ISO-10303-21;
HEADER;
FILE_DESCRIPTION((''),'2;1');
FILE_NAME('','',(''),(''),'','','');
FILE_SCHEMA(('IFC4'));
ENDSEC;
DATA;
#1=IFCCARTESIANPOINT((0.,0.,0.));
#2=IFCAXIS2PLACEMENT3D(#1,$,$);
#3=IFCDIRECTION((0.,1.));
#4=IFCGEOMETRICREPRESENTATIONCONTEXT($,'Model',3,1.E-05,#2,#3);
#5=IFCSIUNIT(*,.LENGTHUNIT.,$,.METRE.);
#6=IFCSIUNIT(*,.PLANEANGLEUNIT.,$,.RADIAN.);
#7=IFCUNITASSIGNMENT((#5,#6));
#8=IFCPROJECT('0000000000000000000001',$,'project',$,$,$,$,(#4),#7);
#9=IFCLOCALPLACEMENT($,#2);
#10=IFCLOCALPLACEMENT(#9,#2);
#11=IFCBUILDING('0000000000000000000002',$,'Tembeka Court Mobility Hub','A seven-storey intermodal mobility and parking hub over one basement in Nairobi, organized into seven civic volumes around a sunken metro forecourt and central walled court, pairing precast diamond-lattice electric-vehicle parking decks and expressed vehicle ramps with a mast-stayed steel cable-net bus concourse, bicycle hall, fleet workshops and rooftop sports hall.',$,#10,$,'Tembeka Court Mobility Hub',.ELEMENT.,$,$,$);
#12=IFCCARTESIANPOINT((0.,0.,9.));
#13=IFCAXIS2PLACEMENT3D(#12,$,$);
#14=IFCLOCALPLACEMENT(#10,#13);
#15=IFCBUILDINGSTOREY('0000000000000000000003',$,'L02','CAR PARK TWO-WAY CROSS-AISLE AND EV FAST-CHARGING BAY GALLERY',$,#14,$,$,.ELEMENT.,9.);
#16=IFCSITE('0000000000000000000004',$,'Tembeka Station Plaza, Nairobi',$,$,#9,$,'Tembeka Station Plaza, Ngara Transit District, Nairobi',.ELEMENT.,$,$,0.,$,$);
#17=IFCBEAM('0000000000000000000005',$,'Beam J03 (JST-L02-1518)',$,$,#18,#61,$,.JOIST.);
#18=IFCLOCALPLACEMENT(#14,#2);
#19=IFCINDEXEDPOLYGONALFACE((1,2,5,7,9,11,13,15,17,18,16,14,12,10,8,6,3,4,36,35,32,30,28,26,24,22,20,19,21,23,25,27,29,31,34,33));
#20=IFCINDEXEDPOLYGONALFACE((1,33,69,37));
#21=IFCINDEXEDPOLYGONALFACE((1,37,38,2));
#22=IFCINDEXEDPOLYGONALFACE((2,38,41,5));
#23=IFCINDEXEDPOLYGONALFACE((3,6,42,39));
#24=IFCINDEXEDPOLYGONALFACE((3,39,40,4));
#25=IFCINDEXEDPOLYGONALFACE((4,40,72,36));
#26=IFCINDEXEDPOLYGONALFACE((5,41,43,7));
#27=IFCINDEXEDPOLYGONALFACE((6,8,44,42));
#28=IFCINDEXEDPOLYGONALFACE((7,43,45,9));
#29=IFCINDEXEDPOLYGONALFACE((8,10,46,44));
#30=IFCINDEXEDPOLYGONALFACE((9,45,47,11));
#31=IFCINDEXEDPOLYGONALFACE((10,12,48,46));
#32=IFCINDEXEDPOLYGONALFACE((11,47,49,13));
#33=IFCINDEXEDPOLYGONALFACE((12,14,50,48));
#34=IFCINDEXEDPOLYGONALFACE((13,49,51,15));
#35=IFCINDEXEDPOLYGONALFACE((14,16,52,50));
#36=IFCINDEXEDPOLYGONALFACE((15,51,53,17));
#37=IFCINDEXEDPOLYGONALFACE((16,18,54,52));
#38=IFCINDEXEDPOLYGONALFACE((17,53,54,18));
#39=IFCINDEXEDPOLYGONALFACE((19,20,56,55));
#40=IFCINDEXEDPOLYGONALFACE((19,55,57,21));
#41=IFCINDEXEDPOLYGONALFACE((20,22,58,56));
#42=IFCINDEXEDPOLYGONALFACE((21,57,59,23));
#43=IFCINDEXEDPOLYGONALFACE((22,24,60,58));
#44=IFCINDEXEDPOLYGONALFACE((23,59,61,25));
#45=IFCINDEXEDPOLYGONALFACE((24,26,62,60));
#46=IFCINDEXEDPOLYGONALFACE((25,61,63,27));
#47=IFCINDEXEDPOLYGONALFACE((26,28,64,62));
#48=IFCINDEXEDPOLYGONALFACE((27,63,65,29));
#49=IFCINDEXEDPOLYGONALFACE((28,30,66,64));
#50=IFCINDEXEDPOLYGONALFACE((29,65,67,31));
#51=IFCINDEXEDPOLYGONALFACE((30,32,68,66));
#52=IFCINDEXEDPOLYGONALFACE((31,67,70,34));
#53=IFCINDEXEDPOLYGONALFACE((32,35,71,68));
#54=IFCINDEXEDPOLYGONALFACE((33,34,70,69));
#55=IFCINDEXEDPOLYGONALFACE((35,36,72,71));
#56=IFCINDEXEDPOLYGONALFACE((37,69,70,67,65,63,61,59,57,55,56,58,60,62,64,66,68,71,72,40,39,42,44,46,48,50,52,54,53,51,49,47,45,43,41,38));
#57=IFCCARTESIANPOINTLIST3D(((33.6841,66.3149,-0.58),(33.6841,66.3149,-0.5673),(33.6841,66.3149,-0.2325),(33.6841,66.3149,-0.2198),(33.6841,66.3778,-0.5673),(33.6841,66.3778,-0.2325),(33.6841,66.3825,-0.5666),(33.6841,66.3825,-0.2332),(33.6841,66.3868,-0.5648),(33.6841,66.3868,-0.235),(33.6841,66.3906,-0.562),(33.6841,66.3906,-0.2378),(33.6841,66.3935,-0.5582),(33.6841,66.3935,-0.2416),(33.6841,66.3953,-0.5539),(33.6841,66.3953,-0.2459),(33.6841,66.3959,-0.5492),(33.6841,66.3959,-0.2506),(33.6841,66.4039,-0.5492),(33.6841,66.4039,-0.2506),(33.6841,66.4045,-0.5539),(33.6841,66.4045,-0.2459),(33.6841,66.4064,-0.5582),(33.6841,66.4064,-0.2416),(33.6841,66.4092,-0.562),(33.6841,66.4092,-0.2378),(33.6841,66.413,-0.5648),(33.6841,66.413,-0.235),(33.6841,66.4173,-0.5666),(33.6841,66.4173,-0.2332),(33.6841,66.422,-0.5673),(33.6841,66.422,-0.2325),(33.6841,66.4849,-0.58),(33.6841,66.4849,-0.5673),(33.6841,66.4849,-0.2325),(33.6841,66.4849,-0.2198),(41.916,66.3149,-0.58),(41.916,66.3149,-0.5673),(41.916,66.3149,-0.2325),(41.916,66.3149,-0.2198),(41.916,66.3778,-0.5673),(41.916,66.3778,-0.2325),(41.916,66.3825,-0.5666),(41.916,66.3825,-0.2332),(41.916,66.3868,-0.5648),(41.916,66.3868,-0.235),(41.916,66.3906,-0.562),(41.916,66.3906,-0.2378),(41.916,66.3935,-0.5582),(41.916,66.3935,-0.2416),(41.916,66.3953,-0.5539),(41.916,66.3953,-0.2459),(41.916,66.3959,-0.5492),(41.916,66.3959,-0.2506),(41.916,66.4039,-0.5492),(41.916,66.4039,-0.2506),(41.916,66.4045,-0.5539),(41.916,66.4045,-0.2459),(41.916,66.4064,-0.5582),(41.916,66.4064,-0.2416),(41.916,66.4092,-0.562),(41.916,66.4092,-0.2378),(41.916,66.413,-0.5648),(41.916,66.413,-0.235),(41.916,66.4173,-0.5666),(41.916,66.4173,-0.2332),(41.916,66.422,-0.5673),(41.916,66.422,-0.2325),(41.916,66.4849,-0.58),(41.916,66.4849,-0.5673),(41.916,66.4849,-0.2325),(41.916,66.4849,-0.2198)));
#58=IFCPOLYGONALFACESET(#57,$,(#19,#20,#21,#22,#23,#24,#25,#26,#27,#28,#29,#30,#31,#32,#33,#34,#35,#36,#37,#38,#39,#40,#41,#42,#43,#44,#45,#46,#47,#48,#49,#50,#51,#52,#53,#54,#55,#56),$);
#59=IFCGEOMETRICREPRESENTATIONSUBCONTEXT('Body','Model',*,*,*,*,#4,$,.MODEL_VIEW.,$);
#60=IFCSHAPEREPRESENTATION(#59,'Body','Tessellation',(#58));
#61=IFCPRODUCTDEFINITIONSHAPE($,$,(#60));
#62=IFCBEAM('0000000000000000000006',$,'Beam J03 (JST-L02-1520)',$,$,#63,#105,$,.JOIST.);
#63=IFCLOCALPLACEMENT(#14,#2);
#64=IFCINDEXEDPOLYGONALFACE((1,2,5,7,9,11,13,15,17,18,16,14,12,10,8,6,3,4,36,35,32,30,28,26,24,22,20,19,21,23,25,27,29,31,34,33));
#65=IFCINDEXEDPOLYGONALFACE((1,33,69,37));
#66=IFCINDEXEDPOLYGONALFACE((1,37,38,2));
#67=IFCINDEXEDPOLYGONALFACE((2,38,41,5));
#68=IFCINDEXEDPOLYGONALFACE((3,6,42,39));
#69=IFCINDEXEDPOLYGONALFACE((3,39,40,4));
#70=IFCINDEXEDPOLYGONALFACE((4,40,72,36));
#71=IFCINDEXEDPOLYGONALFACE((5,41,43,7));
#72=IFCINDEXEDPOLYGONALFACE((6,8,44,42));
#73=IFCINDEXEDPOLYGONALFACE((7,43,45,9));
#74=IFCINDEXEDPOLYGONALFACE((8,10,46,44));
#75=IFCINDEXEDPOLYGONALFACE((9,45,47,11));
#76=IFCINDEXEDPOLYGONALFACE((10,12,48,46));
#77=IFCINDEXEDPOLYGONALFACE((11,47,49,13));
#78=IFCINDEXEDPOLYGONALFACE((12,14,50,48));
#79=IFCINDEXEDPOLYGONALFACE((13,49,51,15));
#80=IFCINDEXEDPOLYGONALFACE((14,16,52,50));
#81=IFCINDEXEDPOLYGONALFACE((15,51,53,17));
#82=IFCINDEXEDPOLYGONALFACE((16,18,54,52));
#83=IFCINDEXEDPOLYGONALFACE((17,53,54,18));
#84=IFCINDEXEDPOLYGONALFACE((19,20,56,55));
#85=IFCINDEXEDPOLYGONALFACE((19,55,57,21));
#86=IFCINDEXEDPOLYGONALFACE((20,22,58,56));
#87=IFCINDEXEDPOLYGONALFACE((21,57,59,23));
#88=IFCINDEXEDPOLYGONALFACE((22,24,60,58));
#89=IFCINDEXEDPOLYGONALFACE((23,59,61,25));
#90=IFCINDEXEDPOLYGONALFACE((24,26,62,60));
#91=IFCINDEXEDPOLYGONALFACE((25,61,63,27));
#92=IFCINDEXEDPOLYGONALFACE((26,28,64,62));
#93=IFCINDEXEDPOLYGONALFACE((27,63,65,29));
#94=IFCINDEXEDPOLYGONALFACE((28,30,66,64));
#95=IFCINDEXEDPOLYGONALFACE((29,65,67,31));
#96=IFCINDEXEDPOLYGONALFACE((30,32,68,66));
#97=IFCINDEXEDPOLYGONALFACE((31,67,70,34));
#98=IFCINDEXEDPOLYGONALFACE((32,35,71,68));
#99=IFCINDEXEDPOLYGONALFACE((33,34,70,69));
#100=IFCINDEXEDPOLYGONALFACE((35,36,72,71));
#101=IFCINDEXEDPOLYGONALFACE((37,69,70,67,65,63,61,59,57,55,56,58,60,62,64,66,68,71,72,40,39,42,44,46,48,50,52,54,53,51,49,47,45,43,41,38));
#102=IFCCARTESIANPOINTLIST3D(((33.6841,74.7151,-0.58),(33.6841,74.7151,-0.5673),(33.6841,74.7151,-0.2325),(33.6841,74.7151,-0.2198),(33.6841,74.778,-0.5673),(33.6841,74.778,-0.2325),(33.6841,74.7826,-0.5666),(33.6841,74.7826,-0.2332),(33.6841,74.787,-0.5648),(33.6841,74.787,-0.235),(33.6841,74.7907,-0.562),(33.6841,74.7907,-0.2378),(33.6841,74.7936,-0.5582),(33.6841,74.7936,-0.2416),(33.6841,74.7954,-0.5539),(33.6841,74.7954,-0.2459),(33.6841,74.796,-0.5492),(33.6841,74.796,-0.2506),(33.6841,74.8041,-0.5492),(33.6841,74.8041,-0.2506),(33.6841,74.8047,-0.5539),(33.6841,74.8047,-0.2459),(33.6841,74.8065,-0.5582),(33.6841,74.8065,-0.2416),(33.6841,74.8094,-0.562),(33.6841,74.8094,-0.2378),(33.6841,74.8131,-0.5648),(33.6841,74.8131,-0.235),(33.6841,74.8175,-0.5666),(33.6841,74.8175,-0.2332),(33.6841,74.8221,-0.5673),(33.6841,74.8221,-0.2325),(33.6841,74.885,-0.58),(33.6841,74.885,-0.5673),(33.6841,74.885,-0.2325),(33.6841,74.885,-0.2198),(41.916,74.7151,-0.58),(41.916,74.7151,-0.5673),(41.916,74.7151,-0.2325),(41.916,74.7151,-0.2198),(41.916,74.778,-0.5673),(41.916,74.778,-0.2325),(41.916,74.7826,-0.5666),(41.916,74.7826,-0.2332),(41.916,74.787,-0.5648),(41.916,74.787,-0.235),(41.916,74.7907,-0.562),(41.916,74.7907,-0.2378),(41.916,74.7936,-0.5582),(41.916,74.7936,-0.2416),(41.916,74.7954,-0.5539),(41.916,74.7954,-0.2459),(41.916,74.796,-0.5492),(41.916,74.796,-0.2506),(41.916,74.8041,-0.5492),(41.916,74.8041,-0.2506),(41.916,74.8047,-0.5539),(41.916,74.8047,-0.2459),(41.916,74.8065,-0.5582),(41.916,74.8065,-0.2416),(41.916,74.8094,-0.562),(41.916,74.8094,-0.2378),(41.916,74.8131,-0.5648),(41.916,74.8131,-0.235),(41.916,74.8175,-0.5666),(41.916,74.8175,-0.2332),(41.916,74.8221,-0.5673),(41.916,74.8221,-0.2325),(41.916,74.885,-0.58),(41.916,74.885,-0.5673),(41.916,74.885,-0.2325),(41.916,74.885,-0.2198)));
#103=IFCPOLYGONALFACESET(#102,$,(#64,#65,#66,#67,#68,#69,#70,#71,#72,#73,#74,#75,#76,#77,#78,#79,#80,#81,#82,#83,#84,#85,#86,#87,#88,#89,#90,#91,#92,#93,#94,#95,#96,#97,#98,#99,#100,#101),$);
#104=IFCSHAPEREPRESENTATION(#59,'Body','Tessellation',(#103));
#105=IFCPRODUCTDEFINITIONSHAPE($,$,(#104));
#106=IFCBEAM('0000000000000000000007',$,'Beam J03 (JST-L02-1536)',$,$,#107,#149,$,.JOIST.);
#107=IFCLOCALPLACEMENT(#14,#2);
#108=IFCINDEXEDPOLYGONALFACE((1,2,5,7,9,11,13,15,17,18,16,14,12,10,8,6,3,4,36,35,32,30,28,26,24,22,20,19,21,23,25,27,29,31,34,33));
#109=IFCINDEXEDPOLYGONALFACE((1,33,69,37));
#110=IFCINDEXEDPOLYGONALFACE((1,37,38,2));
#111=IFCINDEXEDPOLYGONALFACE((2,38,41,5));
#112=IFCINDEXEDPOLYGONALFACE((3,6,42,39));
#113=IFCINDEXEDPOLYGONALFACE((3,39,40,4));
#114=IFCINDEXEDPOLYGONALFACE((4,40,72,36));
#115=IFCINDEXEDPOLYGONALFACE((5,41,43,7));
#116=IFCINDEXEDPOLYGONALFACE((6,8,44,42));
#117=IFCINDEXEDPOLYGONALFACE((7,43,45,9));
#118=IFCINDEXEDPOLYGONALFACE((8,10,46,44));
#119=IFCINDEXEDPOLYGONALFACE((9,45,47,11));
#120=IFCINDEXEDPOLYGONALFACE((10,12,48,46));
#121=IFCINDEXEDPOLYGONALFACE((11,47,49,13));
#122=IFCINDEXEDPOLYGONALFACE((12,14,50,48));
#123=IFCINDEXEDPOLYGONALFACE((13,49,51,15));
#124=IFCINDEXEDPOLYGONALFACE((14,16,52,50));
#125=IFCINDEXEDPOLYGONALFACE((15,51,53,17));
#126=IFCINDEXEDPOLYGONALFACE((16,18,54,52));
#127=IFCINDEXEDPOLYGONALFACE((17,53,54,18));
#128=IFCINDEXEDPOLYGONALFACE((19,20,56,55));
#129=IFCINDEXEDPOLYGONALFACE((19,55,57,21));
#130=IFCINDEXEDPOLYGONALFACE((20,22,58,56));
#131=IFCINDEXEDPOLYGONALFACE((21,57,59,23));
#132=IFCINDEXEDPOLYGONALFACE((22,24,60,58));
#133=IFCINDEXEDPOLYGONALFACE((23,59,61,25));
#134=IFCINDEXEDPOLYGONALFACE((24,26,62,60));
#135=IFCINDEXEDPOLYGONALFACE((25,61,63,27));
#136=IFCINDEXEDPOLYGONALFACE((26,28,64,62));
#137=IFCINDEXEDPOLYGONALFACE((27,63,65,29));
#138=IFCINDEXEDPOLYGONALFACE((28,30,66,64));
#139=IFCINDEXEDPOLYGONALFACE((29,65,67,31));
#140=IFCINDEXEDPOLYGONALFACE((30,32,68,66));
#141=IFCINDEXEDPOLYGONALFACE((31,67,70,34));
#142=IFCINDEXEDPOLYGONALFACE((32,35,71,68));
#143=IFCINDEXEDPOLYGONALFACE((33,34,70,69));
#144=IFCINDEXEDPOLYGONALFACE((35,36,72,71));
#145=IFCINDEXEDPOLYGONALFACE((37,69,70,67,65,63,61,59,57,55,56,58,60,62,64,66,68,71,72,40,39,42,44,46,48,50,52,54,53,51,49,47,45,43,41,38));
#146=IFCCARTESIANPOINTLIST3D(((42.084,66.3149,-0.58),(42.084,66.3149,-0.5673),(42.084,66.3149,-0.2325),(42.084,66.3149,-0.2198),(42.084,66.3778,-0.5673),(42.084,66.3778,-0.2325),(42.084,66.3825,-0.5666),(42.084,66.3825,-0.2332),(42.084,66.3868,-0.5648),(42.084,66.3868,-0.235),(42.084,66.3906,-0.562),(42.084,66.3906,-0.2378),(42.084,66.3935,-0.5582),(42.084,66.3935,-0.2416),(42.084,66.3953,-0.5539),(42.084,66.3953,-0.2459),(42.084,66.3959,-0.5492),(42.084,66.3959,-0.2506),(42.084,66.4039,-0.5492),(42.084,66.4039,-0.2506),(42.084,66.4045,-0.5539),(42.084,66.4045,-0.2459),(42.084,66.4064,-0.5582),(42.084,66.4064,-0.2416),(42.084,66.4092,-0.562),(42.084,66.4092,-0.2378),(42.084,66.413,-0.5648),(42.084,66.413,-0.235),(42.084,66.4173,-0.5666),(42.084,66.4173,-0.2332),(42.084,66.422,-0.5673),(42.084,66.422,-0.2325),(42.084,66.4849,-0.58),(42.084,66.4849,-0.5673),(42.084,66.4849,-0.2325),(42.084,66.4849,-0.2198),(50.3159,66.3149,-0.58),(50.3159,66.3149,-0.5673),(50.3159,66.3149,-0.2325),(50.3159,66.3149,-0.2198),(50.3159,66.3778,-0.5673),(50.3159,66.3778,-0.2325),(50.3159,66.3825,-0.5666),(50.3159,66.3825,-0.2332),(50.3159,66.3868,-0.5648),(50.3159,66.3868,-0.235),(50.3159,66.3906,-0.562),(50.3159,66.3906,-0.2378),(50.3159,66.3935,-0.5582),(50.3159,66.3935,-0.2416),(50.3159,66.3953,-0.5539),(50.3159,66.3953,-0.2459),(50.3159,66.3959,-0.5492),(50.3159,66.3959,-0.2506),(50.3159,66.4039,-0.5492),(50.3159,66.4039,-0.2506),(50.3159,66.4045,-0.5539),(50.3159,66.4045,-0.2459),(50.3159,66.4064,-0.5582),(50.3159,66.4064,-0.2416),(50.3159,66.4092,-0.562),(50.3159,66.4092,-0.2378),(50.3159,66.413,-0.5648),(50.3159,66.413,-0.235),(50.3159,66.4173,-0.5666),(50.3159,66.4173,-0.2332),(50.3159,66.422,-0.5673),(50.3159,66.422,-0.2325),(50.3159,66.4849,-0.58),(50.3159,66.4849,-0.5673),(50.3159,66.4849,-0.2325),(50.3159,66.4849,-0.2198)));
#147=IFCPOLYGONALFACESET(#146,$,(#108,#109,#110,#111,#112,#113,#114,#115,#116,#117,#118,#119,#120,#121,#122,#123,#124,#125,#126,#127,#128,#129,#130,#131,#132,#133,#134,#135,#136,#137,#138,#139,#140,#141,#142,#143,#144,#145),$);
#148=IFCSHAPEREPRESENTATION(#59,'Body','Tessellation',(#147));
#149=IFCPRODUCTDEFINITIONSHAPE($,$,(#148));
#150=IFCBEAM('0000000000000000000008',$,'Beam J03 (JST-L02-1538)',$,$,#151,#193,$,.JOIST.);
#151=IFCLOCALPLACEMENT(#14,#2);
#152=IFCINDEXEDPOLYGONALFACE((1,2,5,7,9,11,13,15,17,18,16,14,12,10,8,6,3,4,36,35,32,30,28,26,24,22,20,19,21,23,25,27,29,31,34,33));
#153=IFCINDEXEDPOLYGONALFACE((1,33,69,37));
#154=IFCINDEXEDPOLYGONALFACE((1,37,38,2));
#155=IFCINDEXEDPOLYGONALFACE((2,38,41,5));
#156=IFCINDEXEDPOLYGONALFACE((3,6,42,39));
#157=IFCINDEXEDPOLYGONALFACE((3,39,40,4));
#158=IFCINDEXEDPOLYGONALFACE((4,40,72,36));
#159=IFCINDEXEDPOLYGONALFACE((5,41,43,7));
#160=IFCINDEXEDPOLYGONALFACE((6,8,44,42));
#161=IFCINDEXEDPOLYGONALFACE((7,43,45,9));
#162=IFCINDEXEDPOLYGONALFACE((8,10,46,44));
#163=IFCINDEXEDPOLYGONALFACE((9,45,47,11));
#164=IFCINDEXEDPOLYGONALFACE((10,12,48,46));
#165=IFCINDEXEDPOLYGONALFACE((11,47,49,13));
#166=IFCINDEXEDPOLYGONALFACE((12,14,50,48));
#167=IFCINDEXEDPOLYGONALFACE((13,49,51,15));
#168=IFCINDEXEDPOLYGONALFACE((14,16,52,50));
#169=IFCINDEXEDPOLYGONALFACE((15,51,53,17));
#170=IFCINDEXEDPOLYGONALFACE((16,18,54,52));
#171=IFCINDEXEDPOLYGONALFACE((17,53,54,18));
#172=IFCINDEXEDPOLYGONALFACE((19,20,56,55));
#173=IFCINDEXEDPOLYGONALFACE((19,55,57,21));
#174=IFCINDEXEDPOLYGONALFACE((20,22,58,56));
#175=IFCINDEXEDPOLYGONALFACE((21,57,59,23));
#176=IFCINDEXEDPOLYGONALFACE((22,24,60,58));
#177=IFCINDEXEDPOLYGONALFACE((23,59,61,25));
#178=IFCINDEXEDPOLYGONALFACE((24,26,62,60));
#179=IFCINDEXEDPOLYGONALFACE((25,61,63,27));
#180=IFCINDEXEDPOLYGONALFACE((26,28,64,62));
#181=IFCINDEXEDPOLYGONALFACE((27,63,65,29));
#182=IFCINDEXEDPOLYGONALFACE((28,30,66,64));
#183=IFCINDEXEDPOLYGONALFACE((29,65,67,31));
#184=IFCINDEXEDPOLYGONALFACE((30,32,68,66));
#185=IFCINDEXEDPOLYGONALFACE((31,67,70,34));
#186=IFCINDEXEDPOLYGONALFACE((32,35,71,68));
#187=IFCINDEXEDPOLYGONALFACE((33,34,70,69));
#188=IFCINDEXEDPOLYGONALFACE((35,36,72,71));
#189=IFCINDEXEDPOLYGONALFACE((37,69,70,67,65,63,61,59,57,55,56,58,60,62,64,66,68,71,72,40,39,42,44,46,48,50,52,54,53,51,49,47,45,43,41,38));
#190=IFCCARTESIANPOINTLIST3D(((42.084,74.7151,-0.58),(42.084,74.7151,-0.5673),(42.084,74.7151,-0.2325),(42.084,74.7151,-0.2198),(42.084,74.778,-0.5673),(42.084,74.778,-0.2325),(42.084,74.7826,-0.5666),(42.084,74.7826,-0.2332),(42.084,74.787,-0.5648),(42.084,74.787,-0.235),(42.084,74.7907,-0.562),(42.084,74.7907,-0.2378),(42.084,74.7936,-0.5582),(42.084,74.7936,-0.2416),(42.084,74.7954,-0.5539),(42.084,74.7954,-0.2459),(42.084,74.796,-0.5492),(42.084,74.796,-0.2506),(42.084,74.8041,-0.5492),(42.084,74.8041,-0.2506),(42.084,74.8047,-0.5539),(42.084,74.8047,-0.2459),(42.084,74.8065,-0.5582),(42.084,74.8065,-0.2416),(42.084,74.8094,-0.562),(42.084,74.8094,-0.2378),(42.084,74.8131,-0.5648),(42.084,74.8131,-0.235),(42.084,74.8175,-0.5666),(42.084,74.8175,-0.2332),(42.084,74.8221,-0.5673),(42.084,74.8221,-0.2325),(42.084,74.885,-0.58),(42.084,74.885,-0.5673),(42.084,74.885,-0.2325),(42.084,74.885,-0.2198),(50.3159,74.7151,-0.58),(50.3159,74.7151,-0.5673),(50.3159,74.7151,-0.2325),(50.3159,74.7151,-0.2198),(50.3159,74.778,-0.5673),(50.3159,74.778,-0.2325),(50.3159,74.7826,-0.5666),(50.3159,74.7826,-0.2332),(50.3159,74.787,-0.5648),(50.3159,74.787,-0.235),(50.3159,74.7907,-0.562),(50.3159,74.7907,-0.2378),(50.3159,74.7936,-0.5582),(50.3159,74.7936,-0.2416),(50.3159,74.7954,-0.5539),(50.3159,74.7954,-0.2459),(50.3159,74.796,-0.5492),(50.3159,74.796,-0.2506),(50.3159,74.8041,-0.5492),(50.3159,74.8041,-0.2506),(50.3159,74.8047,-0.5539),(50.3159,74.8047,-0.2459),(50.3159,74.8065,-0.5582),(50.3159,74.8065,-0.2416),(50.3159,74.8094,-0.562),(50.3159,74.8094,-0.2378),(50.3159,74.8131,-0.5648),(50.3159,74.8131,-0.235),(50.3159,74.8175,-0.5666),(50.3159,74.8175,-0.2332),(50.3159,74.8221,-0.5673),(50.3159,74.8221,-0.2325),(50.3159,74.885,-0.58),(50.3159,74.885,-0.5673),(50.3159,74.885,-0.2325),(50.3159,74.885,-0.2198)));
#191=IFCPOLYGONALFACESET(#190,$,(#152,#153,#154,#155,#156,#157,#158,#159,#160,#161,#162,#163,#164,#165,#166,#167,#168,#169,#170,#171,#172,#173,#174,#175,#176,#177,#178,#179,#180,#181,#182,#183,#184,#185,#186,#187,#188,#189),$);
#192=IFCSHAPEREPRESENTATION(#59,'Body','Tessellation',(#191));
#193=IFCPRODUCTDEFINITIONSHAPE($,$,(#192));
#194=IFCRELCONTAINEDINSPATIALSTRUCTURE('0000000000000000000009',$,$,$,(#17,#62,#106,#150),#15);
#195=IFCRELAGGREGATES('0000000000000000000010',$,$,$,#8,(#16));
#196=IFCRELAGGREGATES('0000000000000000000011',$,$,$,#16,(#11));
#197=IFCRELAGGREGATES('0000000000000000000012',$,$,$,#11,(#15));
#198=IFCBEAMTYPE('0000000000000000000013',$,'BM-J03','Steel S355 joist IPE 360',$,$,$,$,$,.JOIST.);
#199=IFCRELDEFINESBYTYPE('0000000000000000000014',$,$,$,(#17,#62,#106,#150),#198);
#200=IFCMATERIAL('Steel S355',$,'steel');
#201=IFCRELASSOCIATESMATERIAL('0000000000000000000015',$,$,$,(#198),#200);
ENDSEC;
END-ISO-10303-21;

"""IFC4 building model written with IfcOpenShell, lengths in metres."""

from ifc_helpers import new_model, si_unit, direction, frame, origin, origin_2d, place, context, subcontext, project, spatial, i_section, extrude, material, material_profile, profile_set, type_object, element, save


model = new_model("IFC4")

# Units and contexts
model_context = context("Model", 3, precision=1e-05, world=origin(), true_north=direction((0.0, 1.0)))
body_context = subcontext(model_context, "Body", "Model", "MODEL_VIEW")
ifc_project = project(units=[si_unit("LENGTHUNIT", "METRE"), si_unit("PLANEANGLEUNIT", "RADIAN")], contexts=[model_context])

# Site, building, storey
site_placement = place(None, origin())
site = spatial("IfcSite", under=ifc_project, at=site_placement, Name="Tembeka Station Plaza, Nairobi", LongName="Tembeka Station Plaza, Ngara Transit District, Nairobi", CompositionType="ELEMENT", RefElevation=0.0)
building_placement = place(site_placement, origin())
building = spatial("IfcBuilding", under=site, at=building_placement, Name="Tembeka Court Mobility Hub", Description="A seven-storey intermodal mobility and parking hub over one basement in Nairobi, organized into seven civic volumes around a sunken metro forecourt and central walled court, pairing precast diamond-lattice electric-vehicle parking decks and expressed vehicle ramps with a mast-stayed steel cable-net bus concourse, bicycle hall, fleet workshops and rooftop sports hall.", LongName="Tembeka Court Mobility Hub", CompositionType="ELEMENT")
storey_placement = place(building_placement, frame((0.0, 0.0, 9.0)))
storey = spatial("IfcBuildingStorey", under=building, at=storey_placement, Name="L02", Description="CAR PARK TWO-WAY CROSS-AISLE AND EV FAST-CHARGING BAY GALLERY", CompositionType="ELEMENT", Elevation=9.0)

# Shared definitions
ifc_material = material(Name="Steel S355", Category="steel")

# Beams
ifc_material_profile_1 = material_profile(ifc_material, i_section(OverallWidth=0.1699, OverallDepth=0.3601, WebThickness=0.0081, FlangeThickness=0.0127, FilletRadius=0.0181, at=origin_2d()), Name="IPE 360")
ifc_profile_set_1 = profile_set([ifc_material_profile_1], Name="Steel S355")
beam_type_1 = type_object("IfcBeamType", Name="BM-J03", Description="Steel S355 joist IPE 360", PredefinedType="JOIST", material=ifc_profile_set_1)
for number, where, z_axis, x_axis, name in (
    (1, (33.6841, 66.3999, -0.3999), (1.0, 0.0, 0.0), (0.0, 1.0, 0.0), "Beam J03 (JST-L02-1518)"),
    (2, (33.6841, 74.8, -0.3999), (1.0, 0.0, 0.0), (0.0, 1.0, 0.0), "Beam J03 (JST-L02-1520)"),
    (3, (42.084, 66.3999, -0.3999), (1.0, 0.0, 0.0), (0.0, 1.0, 0.0), "Beam J03 (JST-L02-1536)"),
    (4, (42.084, 74.8, -0.3999), (1.0, 0.0, 0.0), (0.0, 1.0, 0.0), "Beam J03 (JST-L02-1538)"),
):
    element("IfcBeam", number, at=place(storey_placement, frame(where, z_axis=z_axis, x_axis=x_axis)), inside=storey, type_object=beam_type_1, Name=name, PredefinedType="JOIST", context=body_context, shape_type="SweptSolid", body=[
        extrude(i_section(OverallWidth=0.1699, OverallDepth=0.3601, WebThickness=0.0081, FlangeThickness=0.0127, FilletRadius=0.0181, at=origin_2d()), origin(), (0.0, 0.0, 1.0), 8.2319),
    ])

save(model, "model.ifc")
